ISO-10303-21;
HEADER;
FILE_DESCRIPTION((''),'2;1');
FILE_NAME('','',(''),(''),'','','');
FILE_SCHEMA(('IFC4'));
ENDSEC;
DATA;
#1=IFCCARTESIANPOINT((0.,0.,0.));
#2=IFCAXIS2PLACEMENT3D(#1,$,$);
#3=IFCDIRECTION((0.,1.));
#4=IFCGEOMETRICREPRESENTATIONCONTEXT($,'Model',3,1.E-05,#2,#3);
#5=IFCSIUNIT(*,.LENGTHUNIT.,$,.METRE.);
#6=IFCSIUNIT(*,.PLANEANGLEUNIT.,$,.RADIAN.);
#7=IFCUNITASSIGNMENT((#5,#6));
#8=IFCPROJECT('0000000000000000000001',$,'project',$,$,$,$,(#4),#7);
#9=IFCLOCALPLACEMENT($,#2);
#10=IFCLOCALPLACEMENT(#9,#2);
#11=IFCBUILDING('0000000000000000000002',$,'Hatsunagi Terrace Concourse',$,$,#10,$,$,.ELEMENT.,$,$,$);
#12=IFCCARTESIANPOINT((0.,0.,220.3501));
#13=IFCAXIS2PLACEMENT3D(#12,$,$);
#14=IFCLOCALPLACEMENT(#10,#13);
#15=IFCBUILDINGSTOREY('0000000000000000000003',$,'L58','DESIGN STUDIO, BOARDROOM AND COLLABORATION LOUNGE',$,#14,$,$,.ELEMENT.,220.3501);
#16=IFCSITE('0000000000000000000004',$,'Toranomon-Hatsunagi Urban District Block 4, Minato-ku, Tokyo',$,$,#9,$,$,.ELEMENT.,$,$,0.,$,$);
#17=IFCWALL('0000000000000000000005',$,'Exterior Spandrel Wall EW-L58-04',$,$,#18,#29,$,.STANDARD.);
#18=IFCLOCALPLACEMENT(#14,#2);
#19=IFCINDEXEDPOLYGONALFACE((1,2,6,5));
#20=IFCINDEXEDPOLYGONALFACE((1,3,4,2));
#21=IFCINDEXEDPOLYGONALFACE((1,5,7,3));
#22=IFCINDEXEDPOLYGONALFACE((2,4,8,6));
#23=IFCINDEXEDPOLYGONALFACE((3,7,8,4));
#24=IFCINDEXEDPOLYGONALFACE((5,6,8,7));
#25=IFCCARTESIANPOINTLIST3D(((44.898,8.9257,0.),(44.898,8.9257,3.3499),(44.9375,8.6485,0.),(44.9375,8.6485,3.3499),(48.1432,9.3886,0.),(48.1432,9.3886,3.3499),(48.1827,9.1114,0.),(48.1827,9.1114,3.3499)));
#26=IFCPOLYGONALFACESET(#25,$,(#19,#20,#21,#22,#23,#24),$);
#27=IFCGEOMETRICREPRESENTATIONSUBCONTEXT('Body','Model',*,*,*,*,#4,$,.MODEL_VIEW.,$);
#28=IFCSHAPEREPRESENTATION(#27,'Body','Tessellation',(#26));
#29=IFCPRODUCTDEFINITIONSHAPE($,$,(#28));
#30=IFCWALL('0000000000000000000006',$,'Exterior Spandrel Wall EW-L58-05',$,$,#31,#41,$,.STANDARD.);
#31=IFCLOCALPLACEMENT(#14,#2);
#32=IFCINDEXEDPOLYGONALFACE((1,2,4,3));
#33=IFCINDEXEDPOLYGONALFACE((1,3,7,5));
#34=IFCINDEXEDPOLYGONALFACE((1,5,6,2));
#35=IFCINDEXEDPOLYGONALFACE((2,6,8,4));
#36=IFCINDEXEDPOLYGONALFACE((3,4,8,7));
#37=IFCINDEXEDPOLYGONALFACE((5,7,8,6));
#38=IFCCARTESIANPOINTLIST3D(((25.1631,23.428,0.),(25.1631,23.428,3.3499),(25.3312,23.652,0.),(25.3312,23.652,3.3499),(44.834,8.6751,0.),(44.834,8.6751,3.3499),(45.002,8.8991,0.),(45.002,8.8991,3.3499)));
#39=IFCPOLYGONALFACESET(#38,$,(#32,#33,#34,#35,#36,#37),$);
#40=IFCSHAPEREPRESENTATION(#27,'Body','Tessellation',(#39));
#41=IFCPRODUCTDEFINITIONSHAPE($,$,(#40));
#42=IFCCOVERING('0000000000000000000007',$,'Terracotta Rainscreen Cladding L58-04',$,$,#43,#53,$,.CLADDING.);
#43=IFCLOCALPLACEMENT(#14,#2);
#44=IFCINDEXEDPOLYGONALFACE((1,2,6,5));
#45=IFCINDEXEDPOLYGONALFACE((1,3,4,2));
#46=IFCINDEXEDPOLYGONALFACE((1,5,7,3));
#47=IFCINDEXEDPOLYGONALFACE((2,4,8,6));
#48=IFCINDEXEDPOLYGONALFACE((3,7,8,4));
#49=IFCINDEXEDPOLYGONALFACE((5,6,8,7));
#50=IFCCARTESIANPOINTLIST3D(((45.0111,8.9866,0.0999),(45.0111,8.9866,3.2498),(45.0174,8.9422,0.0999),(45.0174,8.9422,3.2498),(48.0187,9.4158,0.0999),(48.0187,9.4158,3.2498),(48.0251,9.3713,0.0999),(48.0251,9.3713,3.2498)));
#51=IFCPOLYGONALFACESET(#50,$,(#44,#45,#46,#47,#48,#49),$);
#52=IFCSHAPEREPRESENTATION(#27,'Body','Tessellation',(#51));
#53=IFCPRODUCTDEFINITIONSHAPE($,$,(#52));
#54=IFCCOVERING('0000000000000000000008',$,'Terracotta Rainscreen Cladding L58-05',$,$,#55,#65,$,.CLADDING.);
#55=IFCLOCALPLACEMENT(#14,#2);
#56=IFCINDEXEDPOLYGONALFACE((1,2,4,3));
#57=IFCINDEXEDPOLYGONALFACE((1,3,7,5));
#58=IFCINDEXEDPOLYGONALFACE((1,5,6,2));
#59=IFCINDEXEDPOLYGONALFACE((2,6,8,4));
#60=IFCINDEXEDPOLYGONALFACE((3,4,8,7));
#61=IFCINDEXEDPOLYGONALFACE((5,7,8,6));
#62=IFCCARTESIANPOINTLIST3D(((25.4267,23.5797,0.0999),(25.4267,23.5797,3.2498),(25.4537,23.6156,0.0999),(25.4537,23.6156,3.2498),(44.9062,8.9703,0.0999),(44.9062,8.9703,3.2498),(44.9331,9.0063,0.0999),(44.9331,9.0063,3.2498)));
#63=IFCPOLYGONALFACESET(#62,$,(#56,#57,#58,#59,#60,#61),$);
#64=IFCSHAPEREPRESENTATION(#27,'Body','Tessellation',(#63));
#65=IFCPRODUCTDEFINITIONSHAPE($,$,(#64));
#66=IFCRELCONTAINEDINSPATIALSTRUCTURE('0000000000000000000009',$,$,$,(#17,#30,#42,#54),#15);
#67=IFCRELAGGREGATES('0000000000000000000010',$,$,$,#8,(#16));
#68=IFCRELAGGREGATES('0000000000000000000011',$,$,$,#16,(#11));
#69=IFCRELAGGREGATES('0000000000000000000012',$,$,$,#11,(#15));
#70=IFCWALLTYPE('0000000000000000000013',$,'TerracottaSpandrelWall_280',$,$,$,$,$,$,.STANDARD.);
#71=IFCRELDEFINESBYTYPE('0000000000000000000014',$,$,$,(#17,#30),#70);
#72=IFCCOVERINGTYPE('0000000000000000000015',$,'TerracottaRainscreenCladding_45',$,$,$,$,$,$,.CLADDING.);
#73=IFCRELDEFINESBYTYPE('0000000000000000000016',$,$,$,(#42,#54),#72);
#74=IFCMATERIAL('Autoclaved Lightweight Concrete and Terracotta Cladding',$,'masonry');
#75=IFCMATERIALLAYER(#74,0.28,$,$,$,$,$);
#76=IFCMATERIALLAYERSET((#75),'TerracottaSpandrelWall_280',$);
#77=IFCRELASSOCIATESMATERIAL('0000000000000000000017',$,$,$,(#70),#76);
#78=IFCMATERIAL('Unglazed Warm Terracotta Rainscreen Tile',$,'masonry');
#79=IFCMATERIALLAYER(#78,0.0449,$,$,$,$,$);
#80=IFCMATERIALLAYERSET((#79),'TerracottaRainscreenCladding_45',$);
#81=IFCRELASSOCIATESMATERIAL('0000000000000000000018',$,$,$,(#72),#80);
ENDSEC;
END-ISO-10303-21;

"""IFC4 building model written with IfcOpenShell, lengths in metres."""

from ifc_helpers import new_model, si_unit, direction, frame, frame_2d, origin, origin_2d, place, context, subcontext, project, spatial, rectangle, extrude, material, layer, layer_set, type_object, element, save


model = new_model("IFC4")

# Units and contexts
model_context = context("Model", 3, precision=1e-05, world=origin(), true_north=direction((0.0, 1.0)))
body_context = subcontext(model_context, "Body", "Model", "MODEL_VIEW")
ifc_project = project(units=[si_unit("LENGTHUNIT", "METRE"), si_unit("PLANEANGLEUNIT", "RADIAN")], contexts=[model_context])

# Site, building, storey
site_placement = place(None, origin())
site = spatial("IfcSite", under=ifc_project, at=site_placement, Name="Toranomon-Hatsunagi Urban District Block 4, Minato-ku, Tokyo", CompositionType="ELEMENT", RefElevation=0.0)
building_placement = place(site_placement, origin())
building = spatial("IfcBuilding", under=site, at=building_placement, Name="Hatsunagi Terrace Concourse", CompositionType="ELEMENT")
storey_placement = place(building_placement, frame((0.0, 0.0, 220.3501)))
storey = spatial("IfcBuildingStorey", under=building, at=storey_placement, Name="L58", Description="DESIGN STUDIO, BOARDROOM AND COLLABORATION LOUNGE", CompositionType="ELEMENT", Elevation=220.3501)

# Walls
ifc_material_1 = material(Name="Autoclaved Lightweight Concrete and Terracotta Cladding", Category="masonry")
ifc_layer_1 = layer(ifc_material_1, 0.28)
ifc_layer_set_1 = layer_set([ifc_layer_1], Name="TerracottaSpandrelWall_280")
wall_type_1 = type_object("IfcWallType", Name="TerracottaSpandrelWall_280", PredefinedType="STANDARD", material=ifc_layer_set_1)
wall_1_placement = place(storey_placement, frame((48.1631, 9.25, 0.0), z_axis=(0.0, 0.0, 1.0), x_axis=(-0.989979, -0.141213, 0.0)))
element("IfcWall", 1, at=wall_1_placement, inside=storey, type_object=wall_type_1, Name="Exterior Spandrel Wall EW-L58-04", PredefinedType="STANDARD", context=body_context, shape_type="SweptSolid", body=[
    extrude(rectangle(XDim=3.2781, YDim=0.28, at=frame_2d((1.6392, 0.0))), origin(), (0.0, 0.0, 1.0), 3.3499),
])
wall_2_placement = place(storey_placement, frame((44.918, 8.7871, 0.0), z_axis=(0.0, 0.0, 1.0), x_axis=(-0.800005, 0.599994, 0.0)))
element("IfcWall", 2, at=wall_2_placement, inside=storey, type_object=wall_type_1, Name="Exterior Spandrel Wall EW-L58-05", PredefinedType="STANDARD", context=body_context, shape_type="SweptSolid", body=[
    extrude(rectangle(XDim=24.5884, YDim=0.28, at=frame_2d((12.2942, 0.0))), origin(), (0.0, 0.0, 1.0), 3.3499),
])

# Coverings
ifc_material_2 = material(Name="Unglazed Warm Terracotta Rainscreen Tile", Category="masonry")
ifc_layer_2 = layer(ifc_material_2, 0.0449)
ifc_layer_set_2 = layer_set([ifc_layer_2], Name="TerracottaRainscreenCladding_45")
covering_type = type_object("IfcCoveringType", Name="TerracottaRainscreenCladding_45", PredefinedType="CLADDING", material=ifc_layer_set_2)
covering_1_placement = place(storey_placement, frame((46.5181, 9.179, 0.0999), z_axis=(0.0, 0.0, 1.0), x_axis=(-0.989974, -0.14125, 0.0)))
element("IfcCovering", 3, at=covering_1_placement, inside=storey, type_object=covering_type, Name="Terracotta Rainscreen Cladding L58-04", PredefinedType="CLADDING", context=body_context, shape_type="SweptSolid", body=[
    extrude(rectangle(XDim=3.0381, YDim=0.0449, at=origin_2d()), origin(), (0.0, 0.0, 1.0), 3.1499),
])
covering_2_placement = place(storey_placement, frame((35.1799, 16.293, 0.0999), z_axis=(0.0, 0.0, 1.0), x_axis=(-0.800005, 0.599993, 0.0)))
element("IfcCovering", 4, at=covering_2_placement, inside=storey, type_object=covering_type, Name="Terracotta Rainscreen Cladding L58-05", PredefinedType="CLADDING", context=body_context, shape_type="SweptSolid", body=[
    extrude(rectangle(XDim=24.3491, YDim=0.0449, at=origin_2d()), origin(), (0.0, 0.0, 1.0), 3.1499),
])

save(model, "model.ifc")
